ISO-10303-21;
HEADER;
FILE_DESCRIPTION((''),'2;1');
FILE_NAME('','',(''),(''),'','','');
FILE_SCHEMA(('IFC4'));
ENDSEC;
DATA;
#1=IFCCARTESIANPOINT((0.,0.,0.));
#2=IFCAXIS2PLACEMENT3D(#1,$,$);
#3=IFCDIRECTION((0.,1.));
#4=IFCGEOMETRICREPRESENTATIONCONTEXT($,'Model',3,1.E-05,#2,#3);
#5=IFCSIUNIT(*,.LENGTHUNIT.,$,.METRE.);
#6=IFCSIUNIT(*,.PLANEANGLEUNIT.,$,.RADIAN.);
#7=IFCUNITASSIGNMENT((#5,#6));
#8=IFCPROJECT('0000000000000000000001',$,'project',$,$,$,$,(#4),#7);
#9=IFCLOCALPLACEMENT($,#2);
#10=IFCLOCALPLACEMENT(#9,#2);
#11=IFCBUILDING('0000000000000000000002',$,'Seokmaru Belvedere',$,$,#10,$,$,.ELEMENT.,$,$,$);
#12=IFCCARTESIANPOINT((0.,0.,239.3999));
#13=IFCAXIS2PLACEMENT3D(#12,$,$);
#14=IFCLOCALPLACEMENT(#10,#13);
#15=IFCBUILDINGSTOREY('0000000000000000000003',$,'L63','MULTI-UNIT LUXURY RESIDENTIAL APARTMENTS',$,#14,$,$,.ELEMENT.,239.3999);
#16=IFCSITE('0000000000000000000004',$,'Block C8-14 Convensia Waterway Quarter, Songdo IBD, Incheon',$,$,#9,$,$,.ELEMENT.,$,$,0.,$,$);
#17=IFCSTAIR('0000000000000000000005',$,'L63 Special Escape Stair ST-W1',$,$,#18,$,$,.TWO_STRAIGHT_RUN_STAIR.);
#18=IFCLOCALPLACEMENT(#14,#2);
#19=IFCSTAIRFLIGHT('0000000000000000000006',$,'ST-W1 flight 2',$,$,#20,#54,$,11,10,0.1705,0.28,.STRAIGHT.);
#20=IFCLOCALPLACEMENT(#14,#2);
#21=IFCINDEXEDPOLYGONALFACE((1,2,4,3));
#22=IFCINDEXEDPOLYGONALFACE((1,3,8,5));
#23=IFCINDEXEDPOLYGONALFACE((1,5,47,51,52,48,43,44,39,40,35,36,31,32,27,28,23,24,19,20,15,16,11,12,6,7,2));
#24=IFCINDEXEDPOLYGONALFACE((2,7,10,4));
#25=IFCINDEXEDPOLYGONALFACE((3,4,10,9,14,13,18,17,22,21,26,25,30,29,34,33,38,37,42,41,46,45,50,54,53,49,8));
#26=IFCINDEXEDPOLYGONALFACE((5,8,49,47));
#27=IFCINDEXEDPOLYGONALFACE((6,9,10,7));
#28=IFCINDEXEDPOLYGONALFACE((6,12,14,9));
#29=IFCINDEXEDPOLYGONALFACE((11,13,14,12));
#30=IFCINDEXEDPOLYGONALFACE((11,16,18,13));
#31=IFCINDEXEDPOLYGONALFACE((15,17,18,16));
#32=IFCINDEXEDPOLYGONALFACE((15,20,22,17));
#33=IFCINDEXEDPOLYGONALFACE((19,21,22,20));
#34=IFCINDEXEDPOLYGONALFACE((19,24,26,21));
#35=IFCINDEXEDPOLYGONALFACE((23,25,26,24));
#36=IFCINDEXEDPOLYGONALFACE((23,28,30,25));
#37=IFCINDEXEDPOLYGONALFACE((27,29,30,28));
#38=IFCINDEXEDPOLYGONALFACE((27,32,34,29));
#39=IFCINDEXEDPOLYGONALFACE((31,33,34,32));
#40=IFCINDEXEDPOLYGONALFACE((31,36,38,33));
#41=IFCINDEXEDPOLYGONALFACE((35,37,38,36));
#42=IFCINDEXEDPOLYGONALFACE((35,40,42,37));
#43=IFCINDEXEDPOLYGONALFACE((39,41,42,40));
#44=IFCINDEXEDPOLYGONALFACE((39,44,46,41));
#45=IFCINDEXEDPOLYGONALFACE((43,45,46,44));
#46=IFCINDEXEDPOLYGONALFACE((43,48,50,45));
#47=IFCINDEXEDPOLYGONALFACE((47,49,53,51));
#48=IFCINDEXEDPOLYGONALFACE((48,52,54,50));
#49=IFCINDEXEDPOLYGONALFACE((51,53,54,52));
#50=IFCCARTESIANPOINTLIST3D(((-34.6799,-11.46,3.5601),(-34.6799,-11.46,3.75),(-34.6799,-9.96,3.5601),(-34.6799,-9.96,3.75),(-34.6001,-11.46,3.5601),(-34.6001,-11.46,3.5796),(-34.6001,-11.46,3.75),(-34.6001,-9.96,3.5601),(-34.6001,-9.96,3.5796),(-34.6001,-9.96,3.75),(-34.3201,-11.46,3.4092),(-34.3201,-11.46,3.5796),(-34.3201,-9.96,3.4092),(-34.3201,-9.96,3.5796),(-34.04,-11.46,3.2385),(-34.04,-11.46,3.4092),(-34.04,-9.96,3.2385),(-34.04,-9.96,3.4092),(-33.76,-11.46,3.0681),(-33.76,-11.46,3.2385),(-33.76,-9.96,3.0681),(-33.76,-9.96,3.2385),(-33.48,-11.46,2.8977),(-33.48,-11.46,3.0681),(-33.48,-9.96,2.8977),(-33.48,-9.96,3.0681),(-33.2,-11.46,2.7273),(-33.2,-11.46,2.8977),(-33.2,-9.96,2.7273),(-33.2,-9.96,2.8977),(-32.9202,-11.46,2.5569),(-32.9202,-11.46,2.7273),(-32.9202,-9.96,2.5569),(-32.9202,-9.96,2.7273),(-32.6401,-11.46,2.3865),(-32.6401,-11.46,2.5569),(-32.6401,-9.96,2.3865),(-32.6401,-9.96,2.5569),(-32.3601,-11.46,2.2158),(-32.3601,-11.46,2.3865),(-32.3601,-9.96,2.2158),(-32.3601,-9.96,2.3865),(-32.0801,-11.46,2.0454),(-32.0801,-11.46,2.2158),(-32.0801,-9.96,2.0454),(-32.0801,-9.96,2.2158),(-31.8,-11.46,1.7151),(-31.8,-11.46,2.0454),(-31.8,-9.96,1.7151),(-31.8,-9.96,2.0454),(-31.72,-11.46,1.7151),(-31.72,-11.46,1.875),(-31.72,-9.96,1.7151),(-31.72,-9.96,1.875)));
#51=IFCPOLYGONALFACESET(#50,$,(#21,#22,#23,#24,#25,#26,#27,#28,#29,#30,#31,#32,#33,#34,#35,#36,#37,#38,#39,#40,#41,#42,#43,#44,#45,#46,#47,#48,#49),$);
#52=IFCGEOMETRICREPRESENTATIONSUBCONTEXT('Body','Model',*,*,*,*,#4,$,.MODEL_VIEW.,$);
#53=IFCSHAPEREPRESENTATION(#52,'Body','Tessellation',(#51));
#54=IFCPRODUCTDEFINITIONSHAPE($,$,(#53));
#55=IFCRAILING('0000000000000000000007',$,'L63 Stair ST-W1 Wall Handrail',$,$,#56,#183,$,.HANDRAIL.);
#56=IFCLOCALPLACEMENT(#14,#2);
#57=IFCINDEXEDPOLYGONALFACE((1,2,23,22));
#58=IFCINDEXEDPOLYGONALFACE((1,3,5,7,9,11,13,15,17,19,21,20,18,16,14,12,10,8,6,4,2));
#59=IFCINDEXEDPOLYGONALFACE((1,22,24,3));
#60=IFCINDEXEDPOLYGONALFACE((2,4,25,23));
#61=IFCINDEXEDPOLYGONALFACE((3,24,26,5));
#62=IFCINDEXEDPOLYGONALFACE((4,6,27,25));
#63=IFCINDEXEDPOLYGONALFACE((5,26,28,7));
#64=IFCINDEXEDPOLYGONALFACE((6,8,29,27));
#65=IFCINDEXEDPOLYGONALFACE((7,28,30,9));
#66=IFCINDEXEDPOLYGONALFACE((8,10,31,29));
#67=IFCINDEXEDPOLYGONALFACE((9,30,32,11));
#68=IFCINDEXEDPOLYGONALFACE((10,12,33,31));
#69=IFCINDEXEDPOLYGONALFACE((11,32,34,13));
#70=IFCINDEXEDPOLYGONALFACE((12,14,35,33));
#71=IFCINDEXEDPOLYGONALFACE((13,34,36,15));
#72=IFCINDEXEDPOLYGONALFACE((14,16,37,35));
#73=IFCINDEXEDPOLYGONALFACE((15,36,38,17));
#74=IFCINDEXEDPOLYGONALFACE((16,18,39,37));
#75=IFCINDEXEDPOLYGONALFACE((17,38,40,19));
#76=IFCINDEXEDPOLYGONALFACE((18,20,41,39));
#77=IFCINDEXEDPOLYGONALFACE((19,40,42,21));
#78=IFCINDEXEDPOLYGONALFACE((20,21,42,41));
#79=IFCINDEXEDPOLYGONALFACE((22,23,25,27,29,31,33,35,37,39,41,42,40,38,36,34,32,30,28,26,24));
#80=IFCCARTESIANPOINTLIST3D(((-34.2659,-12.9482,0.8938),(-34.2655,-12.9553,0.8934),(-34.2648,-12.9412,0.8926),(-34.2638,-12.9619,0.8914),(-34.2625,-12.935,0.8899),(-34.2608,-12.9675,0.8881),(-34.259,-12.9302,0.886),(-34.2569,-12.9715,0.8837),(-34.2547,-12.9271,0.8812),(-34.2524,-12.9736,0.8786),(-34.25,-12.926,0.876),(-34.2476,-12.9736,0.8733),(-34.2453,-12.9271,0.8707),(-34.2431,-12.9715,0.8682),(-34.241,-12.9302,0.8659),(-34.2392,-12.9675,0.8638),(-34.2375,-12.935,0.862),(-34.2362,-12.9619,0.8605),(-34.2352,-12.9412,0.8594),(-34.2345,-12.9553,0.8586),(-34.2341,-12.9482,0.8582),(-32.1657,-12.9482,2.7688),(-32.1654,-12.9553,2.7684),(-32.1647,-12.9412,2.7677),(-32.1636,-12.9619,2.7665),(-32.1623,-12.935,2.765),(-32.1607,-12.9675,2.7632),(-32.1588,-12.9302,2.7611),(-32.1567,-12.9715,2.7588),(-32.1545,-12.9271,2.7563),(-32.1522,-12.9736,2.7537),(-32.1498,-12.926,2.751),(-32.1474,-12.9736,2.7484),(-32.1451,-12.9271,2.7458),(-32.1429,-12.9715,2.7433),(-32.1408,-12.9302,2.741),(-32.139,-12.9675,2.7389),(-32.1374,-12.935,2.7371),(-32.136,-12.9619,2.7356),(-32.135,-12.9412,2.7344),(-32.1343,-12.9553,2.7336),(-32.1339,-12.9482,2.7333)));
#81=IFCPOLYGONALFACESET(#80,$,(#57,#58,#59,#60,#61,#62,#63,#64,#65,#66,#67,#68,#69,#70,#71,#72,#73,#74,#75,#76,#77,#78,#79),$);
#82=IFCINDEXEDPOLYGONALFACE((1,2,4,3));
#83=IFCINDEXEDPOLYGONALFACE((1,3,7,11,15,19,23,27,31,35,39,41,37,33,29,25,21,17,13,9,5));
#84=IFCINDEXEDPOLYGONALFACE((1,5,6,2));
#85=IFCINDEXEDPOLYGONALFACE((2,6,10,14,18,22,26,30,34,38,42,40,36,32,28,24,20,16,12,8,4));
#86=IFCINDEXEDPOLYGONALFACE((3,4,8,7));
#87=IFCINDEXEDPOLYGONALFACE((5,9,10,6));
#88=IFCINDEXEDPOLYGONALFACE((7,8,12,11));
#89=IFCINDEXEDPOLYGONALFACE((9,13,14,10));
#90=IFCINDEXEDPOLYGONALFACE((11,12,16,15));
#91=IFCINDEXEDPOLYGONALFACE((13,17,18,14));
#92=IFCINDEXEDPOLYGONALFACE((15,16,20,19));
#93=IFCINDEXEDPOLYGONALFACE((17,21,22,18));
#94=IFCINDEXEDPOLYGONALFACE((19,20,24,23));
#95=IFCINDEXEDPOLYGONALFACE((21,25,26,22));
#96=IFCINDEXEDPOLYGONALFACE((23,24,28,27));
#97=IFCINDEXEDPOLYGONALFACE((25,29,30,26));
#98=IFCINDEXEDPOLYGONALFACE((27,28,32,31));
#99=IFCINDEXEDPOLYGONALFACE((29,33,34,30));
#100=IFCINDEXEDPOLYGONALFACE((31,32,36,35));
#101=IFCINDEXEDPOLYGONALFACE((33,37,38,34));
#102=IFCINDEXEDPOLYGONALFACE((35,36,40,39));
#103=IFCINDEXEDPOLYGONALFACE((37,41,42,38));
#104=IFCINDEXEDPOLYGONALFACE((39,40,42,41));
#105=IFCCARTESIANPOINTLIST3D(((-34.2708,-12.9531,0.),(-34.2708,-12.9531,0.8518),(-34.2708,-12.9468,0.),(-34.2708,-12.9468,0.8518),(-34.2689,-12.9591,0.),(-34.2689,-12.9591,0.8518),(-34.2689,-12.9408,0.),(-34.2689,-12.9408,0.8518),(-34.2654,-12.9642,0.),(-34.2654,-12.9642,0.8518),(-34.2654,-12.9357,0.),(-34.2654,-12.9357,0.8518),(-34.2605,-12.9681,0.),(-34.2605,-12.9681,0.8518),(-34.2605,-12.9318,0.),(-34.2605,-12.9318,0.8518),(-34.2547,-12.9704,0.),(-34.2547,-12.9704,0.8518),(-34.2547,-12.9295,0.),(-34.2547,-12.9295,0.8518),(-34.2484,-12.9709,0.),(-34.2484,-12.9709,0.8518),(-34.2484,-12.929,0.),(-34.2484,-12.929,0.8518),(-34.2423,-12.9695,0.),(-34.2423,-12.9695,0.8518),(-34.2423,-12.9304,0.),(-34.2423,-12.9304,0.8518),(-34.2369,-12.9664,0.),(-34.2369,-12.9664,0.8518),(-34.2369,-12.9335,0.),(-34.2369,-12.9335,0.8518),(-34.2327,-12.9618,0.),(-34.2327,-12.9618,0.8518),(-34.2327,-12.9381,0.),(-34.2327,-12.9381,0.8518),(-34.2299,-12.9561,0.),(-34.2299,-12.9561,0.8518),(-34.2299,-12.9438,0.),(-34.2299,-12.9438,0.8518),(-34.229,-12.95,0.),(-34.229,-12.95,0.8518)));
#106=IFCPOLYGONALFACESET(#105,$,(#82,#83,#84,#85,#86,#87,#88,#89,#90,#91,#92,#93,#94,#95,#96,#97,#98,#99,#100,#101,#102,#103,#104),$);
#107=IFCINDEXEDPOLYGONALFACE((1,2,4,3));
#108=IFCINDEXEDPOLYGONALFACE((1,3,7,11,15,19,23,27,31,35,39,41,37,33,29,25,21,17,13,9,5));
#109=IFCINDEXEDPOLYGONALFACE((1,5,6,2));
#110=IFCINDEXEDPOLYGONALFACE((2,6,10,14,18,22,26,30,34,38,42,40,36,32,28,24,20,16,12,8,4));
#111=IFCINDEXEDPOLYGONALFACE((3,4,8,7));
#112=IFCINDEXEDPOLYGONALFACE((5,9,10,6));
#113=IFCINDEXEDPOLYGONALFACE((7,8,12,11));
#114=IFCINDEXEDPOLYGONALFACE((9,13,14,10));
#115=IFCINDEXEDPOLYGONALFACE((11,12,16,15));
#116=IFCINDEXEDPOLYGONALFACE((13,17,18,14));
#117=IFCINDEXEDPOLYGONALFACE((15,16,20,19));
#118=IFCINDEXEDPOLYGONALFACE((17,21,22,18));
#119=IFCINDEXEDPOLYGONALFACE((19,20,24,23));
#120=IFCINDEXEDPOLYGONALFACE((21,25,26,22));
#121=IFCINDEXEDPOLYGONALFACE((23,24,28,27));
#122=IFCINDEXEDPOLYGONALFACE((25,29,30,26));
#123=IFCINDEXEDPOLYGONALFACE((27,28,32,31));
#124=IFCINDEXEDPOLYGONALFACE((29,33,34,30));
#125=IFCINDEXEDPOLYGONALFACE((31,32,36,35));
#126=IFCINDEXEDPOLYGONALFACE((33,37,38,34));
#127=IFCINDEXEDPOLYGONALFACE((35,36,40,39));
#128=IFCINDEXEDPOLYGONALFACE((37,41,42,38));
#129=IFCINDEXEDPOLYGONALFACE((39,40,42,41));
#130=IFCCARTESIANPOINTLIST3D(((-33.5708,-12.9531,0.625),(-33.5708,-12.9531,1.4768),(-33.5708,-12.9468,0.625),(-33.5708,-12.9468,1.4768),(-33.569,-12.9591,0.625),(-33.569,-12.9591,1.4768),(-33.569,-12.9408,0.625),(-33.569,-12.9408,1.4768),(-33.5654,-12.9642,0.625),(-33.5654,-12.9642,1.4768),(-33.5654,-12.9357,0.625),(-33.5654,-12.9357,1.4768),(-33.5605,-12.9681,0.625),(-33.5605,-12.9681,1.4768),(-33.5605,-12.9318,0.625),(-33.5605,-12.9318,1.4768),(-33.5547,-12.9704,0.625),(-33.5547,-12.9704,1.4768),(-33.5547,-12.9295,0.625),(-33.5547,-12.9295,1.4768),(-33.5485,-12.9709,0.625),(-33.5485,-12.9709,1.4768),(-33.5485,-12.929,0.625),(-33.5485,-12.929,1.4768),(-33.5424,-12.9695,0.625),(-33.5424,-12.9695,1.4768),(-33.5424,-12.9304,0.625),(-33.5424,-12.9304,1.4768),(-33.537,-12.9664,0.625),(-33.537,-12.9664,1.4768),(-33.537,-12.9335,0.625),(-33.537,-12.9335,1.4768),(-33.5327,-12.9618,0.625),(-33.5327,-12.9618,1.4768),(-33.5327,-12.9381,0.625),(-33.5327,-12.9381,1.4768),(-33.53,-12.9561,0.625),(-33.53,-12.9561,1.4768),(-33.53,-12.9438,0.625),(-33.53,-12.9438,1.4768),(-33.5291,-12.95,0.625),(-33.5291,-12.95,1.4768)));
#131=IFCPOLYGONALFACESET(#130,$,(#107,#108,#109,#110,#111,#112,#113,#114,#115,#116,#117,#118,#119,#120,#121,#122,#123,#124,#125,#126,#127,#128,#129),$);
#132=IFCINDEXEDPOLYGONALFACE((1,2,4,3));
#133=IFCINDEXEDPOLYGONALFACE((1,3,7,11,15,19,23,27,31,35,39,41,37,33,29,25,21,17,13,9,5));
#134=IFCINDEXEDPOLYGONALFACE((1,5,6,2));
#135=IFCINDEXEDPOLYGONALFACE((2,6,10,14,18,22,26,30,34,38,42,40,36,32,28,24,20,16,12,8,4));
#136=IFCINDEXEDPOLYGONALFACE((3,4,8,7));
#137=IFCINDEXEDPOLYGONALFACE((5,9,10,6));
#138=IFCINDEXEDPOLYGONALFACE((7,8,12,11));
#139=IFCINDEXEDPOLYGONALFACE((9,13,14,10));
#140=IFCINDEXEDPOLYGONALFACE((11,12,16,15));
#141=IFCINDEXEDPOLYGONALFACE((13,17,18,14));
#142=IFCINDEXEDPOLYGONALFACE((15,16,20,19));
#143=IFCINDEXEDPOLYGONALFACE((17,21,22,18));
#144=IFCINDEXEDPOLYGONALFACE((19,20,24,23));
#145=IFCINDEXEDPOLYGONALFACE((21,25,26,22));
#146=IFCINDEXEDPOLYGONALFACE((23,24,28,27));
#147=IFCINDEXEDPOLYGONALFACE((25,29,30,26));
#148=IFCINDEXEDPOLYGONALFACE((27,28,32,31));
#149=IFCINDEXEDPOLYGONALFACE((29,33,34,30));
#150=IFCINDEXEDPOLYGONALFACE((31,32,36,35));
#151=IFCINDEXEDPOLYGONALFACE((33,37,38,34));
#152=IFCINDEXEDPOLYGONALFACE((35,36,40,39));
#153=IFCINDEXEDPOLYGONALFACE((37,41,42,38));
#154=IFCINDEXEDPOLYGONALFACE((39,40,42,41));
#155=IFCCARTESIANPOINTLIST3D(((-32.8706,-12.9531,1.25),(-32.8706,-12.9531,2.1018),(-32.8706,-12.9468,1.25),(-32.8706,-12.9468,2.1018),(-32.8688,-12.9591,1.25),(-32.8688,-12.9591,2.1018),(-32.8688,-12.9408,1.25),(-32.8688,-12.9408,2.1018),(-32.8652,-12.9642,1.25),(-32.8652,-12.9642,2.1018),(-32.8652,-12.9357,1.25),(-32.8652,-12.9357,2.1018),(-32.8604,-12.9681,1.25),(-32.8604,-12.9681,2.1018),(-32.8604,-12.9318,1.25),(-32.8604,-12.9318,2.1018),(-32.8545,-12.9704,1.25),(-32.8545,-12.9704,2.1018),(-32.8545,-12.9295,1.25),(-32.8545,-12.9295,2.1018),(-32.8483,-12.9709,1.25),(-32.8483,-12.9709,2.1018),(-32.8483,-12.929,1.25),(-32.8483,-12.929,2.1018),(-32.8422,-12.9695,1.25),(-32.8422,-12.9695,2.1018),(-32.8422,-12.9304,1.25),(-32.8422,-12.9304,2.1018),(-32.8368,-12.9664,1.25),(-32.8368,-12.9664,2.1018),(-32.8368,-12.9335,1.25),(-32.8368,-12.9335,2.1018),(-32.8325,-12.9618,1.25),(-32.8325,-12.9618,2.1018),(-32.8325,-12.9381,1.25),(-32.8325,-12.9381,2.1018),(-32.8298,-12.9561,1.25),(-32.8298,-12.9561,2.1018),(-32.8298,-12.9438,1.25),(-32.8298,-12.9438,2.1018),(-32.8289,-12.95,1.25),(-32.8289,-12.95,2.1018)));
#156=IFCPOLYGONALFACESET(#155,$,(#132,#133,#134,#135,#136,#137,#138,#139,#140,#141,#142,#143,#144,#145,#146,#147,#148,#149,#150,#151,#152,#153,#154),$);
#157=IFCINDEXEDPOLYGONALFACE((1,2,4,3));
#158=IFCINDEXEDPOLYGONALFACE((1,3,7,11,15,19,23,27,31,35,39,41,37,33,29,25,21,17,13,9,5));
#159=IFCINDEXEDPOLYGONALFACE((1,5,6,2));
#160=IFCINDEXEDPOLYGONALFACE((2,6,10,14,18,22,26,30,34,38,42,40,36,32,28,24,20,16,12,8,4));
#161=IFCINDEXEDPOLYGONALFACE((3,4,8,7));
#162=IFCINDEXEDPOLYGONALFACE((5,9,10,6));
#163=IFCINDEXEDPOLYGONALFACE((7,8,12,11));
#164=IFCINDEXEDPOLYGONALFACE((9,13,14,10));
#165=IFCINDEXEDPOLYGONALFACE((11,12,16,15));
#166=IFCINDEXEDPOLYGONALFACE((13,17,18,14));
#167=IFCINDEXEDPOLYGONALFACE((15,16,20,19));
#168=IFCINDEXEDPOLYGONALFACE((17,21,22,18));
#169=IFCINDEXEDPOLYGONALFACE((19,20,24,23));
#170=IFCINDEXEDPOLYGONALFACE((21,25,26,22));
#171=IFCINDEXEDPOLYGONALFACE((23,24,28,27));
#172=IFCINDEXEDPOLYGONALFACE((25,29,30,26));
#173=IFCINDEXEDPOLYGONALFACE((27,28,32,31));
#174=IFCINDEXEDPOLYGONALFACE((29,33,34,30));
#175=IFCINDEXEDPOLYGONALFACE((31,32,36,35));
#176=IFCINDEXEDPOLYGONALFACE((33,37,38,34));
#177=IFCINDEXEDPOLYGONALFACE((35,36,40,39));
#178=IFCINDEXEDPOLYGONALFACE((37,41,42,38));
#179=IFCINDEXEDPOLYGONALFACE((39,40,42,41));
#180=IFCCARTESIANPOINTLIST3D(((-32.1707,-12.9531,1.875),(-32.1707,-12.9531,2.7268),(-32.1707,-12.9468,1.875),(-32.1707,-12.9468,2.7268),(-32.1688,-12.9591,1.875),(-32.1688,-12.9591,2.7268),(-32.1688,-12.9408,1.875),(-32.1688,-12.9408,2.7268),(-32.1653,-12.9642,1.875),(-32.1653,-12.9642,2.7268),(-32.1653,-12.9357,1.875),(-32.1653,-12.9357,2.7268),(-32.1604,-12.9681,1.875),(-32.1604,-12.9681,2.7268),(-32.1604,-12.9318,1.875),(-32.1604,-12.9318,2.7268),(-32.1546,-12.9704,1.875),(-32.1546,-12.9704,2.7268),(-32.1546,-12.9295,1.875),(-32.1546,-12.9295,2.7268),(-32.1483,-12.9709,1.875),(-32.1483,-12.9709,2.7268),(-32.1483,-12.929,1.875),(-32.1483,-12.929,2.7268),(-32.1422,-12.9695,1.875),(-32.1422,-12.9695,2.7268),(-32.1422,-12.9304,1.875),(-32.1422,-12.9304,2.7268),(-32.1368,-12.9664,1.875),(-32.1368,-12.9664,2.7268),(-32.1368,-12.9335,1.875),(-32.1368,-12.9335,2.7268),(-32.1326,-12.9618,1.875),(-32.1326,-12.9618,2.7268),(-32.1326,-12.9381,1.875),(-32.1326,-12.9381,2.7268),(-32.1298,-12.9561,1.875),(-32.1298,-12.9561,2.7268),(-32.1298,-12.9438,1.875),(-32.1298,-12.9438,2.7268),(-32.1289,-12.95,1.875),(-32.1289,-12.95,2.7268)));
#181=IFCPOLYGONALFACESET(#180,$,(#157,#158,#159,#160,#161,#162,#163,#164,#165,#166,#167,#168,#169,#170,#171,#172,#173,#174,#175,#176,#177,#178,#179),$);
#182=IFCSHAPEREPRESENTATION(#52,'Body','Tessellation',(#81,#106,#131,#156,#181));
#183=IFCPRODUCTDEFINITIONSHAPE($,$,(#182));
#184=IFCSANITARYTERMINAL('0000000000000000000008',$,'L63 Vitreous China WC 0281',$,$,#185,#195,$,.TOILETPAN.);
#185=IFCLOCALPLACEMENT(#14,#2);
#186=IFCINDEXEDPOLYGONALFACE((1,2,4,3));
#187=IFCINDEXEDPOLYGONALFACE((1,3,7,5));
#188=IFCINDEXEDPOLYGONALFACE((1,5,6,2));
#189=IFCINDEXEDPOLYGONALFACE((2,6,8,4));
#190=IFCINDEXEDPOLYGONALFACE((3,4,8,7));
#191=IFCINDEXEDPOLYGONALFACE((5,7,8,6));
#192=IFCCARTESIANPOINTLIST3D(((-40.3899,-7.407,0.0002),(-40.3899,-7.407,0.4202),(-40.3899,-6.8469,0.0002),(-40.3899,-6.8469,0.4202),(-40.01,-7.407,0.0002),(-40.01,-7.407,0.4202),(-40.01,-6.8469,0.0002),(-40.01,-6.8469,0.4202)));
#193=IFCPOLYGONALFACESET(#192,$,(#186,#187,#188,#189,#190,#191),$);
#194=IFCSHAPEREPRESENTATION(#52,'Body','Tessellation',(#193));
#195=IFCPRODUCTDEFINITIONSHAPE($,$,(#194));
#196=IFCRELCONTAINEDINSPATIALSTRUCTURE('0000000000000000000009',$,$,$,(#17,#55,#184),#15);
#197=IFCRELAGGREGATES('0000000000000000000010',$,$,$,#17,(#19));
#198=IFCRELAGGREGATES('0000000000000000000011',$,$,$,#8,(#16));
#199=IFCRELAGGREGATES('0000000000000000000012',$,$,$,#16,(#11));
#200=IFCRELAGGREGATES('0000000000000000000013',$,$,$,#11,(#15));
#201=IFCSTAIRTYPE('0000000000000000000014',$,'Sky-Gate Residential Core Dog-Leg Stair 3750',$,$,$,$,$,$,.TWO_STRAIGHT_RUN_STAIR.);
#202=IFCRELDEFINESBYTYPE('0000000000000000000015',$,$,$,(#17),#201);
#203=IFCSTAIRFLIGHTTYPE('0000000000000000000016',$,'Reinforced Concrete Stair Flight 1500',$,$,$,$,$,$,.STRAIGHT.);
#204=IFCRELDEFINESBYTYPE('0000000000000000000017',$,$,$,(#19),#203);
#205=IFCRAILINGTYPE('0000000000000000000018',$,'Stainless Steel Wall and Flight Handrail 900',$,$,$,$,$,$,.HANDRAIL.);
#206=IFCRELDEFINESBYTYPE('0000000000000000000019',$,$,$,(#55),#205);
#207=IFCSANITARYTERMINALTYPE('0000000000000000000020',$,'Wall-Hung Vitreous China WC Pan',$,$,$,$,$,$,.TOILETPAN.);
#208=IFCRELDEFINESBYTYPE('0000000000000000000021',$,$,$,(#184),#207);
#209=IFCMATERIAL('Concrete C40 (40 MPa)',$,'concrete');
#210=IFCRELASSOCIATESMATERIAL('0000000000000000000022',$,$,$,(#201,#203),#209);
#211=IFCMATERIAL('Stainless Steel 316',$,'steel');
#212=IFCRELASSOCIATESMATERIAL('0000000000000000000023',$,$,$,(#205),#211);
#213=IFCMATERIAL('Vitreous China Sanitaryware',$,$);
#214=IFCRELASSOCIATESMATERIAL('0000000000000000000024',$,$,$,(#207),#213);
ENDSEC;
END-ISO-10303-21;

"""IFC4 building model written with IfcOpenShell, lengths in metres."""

from ifc_helpers import new_model, si_unit, direction, frame, origin, origin_2d, place, context, subcontext, project, spatial, polyline, rectangle, circle, outline, extrude, source, transform, mapped, material, type_object, type_shapes, element, aggregate, save


model = new_model("IFC4")

# Units and contexts
model_context = context("Model", 3, precision=1e-05, world=origin(), true_north=direction((0.0, 1.0)))
body_context = subcontext(model_context, "Body", "Model", "MODEL_VIEW")
ifc_project = project(units=[si_unit("LENGTHUNIT", "METRE"), si_unit("PLANEANGLEUNIT", "RADIAN")], contexts=[model_context])

# Site, building, storey
site_placement = place(None, origin())
site = spatial("IfcSite", under=ifc_project, at=site_placement, Name="Block C8-14 Convensia Waterway Quarter, Songdo IBD, Incheon", CompositionType="ELEMENT", RefElevation=0.0)
building_placement = place(site_placement, origin())
building = spatial("IfcBuilding", under=site, at=building_placement, Name="Seokmaru Belvedere", CompositionType="ELEMENT")
storey_placement = place(building_placement, frame((0.0, 0.0, 239.3999)))
storey = spatial("IfcBuildingStorey", under=building, at=storey_placement, Name="L63", Description="MULTI-UNIT LUXURY RESIDENTIAL APARTMENTS", CompositionType="ELEMENT", Elevation=239.3999)

# Stair, stair flight
ifc_material_1 = material(Name="Concrete C40 (40 MPa)", Category="concrete")
stair_type = type_object("IfcStairType", Name="Sky-Gate Residential Core Dog-Leg Stair 3750", PredefinedType="TWO_STRAIGHT_RUN_STAIR", material=ifc_material_1)
stair_placement = place(storey_placement, origin())
stair = element("IfcStair", 1, at=stair_placement, inside=storey, type_object=stair_type, Name="L63 Special Escape Stair ST-W1", PredefinedType="TWO_STRAIGHT_RUN_STAIR")
stair_flight_type = type_object("IfcStairFlightType", Name="Reinforced Concrete Stair Flight 1500", PredefinedType="STRAIGHT", material=ifc_material_1)
stair_flight_1_placement = place(storey_placement, frame((-31.8, -10.71, 1.875), z_axis=(0.0, 0.0, 1.0), x_axis=(-1.0, 0.0, 0.0)))
stair_flight_1 = element("IfcStairFlight", 2, at=stair_flight_1_placement, type_object=stair_flight_type, Name="ST-W1 flight 2", NumberOfRisers=11, NumberOfTreads=10, PredefinedType="STRAIGHT", RiserHeight=0.1705, TreadLength=0.28, context=body_context, shape_type="SweptSolid", body=[
    extrude(outline(polyline([(-0.0801, 0.0), (0.0, 0.1704), (0.28, 0.1704), (0.28, 0.3408), (0.5601, 0.3408), (0.5601, 0.5115), (0.8401, 0.5115), (0.8401, 0.6819), (1.1201, 0.6819), (1.1201, 0.8523), (1.3999, 0.8523), (1.3999, 1.0227), (1.6799, 1.0227), (1.6799, 1.1931), (1.96, 1.1931), (1.96, 1.3635), (2.24, 1.3635), (2.24, 1.5342), (2.52, 1.5342), (2.52, 1.7046), (2.8, 1.7046), (2.8, 1.875), (2.8799, 1.875), (2.8799, 1.6851), (2.8, 1.6851), (0.0, -0.1599), (-0.0801, -0.1599), (-0.0801, 0.0)])), frame((0.0, 0.75, 0.0), z_axis=(0.0, -1.0, 0.0), x_axis=(1.0, 0.0, 0.0)), (0.0, 0.0, 1.0), 1.5),
])
aggregate(stair, [stair_flight_1])

# Railing
ifc_material_2 = material(Name="Stainless Steel 316", Category="steel")
railing_type_1 = type_object("IfcRailingType", Name="Stainless Steel Wall and Flight Handrail 900", PredefinedType="HANDRAIL", material=ifc_material_2)
railing_1_placement = place(storey_placement, frame((-34.25, -12.95, 0.0)))
element("IfcRailing", 3, at=railing_1_placement, inside=storey, type_object=railing_type_1, Name="L63 Stair ST-W1 Wall Handrail", PredefinedType="HANDRAIL", context=body_context, shape_type="SweptSolid", body=[
    extrude(circle(Radius=0.0239, at=origin_2d()), frame((0.0, 0.0, 0.876), z_axis=(0.745953, 0.0, 0.665999), x_axis=(0.0, 1.0, 0.0)), (0.0, 0.0, 1.0), 2.8154),
    extrude(circle(Radius=0.021, at=origin_2d()), origin(), (0.0, 0.0, 1.0), 0.8518),
    extrude(circle(Radius=0.021, at=origin_2d()), frame((0.7, 0.0, 0.625)), (0.0, 0.0, 1.0), 0.8518),
    extrude(circle(Radius=0.021, at=origin_2d()), frame((1.4001, 0.0, 1.25)), (0.0, 0.0, 1.0), 0.8518),
    extrude(circle(Radius=0.021, at=origin_2d()), frame((2.1001, 0.0, 1.875)), (0.0, 0.0, 1.0), 0.8518),
])

# Sanitary terminal
ifc_material_3 = material(Name="Vitreous China Sanitaryware")
sanitary_terminal_type_1 = type_object("IfcSanitaryTerminalType", Name="Wall-Hung Vitreous China WC Pan", PredefinedType="TOILETPAN", material=ifc_material_3)
shared_shape_1 = source(origin(), body_context, "Body", "SweptSolid", [
    extrude(rectangle(XDim=0.3799, YDim=0.5601, at=origin_2d()), origin(), (0.0, 0.0, 1.0), 0.4199),
])
type_shapes(sanitary_terminal_type_1, [shared_shape_1])
sanitary_terminal_1_placement = place(storey_placement, frame((-40.2, -7.127, 0.0002), z_axis=(0.0, 0.0, 1.0), x_axis=(1.0, 0.0, 0.0)))
element("IfcSanitaryTerminal", 4, at=sanitary_terminal_1_placement, inside=storey, type_object=sanitary_terminal_type_1, Name="L63 Vitreous China WC 0281", PredefinedType="TOILETPAN", context=body_context, shape_type="MappedRepresentation", body=[
    mapped(shared_shape_1, transform((0.0, 0.0, 0.0), scale=1.0)),
])

save(model, "model.ifc")
